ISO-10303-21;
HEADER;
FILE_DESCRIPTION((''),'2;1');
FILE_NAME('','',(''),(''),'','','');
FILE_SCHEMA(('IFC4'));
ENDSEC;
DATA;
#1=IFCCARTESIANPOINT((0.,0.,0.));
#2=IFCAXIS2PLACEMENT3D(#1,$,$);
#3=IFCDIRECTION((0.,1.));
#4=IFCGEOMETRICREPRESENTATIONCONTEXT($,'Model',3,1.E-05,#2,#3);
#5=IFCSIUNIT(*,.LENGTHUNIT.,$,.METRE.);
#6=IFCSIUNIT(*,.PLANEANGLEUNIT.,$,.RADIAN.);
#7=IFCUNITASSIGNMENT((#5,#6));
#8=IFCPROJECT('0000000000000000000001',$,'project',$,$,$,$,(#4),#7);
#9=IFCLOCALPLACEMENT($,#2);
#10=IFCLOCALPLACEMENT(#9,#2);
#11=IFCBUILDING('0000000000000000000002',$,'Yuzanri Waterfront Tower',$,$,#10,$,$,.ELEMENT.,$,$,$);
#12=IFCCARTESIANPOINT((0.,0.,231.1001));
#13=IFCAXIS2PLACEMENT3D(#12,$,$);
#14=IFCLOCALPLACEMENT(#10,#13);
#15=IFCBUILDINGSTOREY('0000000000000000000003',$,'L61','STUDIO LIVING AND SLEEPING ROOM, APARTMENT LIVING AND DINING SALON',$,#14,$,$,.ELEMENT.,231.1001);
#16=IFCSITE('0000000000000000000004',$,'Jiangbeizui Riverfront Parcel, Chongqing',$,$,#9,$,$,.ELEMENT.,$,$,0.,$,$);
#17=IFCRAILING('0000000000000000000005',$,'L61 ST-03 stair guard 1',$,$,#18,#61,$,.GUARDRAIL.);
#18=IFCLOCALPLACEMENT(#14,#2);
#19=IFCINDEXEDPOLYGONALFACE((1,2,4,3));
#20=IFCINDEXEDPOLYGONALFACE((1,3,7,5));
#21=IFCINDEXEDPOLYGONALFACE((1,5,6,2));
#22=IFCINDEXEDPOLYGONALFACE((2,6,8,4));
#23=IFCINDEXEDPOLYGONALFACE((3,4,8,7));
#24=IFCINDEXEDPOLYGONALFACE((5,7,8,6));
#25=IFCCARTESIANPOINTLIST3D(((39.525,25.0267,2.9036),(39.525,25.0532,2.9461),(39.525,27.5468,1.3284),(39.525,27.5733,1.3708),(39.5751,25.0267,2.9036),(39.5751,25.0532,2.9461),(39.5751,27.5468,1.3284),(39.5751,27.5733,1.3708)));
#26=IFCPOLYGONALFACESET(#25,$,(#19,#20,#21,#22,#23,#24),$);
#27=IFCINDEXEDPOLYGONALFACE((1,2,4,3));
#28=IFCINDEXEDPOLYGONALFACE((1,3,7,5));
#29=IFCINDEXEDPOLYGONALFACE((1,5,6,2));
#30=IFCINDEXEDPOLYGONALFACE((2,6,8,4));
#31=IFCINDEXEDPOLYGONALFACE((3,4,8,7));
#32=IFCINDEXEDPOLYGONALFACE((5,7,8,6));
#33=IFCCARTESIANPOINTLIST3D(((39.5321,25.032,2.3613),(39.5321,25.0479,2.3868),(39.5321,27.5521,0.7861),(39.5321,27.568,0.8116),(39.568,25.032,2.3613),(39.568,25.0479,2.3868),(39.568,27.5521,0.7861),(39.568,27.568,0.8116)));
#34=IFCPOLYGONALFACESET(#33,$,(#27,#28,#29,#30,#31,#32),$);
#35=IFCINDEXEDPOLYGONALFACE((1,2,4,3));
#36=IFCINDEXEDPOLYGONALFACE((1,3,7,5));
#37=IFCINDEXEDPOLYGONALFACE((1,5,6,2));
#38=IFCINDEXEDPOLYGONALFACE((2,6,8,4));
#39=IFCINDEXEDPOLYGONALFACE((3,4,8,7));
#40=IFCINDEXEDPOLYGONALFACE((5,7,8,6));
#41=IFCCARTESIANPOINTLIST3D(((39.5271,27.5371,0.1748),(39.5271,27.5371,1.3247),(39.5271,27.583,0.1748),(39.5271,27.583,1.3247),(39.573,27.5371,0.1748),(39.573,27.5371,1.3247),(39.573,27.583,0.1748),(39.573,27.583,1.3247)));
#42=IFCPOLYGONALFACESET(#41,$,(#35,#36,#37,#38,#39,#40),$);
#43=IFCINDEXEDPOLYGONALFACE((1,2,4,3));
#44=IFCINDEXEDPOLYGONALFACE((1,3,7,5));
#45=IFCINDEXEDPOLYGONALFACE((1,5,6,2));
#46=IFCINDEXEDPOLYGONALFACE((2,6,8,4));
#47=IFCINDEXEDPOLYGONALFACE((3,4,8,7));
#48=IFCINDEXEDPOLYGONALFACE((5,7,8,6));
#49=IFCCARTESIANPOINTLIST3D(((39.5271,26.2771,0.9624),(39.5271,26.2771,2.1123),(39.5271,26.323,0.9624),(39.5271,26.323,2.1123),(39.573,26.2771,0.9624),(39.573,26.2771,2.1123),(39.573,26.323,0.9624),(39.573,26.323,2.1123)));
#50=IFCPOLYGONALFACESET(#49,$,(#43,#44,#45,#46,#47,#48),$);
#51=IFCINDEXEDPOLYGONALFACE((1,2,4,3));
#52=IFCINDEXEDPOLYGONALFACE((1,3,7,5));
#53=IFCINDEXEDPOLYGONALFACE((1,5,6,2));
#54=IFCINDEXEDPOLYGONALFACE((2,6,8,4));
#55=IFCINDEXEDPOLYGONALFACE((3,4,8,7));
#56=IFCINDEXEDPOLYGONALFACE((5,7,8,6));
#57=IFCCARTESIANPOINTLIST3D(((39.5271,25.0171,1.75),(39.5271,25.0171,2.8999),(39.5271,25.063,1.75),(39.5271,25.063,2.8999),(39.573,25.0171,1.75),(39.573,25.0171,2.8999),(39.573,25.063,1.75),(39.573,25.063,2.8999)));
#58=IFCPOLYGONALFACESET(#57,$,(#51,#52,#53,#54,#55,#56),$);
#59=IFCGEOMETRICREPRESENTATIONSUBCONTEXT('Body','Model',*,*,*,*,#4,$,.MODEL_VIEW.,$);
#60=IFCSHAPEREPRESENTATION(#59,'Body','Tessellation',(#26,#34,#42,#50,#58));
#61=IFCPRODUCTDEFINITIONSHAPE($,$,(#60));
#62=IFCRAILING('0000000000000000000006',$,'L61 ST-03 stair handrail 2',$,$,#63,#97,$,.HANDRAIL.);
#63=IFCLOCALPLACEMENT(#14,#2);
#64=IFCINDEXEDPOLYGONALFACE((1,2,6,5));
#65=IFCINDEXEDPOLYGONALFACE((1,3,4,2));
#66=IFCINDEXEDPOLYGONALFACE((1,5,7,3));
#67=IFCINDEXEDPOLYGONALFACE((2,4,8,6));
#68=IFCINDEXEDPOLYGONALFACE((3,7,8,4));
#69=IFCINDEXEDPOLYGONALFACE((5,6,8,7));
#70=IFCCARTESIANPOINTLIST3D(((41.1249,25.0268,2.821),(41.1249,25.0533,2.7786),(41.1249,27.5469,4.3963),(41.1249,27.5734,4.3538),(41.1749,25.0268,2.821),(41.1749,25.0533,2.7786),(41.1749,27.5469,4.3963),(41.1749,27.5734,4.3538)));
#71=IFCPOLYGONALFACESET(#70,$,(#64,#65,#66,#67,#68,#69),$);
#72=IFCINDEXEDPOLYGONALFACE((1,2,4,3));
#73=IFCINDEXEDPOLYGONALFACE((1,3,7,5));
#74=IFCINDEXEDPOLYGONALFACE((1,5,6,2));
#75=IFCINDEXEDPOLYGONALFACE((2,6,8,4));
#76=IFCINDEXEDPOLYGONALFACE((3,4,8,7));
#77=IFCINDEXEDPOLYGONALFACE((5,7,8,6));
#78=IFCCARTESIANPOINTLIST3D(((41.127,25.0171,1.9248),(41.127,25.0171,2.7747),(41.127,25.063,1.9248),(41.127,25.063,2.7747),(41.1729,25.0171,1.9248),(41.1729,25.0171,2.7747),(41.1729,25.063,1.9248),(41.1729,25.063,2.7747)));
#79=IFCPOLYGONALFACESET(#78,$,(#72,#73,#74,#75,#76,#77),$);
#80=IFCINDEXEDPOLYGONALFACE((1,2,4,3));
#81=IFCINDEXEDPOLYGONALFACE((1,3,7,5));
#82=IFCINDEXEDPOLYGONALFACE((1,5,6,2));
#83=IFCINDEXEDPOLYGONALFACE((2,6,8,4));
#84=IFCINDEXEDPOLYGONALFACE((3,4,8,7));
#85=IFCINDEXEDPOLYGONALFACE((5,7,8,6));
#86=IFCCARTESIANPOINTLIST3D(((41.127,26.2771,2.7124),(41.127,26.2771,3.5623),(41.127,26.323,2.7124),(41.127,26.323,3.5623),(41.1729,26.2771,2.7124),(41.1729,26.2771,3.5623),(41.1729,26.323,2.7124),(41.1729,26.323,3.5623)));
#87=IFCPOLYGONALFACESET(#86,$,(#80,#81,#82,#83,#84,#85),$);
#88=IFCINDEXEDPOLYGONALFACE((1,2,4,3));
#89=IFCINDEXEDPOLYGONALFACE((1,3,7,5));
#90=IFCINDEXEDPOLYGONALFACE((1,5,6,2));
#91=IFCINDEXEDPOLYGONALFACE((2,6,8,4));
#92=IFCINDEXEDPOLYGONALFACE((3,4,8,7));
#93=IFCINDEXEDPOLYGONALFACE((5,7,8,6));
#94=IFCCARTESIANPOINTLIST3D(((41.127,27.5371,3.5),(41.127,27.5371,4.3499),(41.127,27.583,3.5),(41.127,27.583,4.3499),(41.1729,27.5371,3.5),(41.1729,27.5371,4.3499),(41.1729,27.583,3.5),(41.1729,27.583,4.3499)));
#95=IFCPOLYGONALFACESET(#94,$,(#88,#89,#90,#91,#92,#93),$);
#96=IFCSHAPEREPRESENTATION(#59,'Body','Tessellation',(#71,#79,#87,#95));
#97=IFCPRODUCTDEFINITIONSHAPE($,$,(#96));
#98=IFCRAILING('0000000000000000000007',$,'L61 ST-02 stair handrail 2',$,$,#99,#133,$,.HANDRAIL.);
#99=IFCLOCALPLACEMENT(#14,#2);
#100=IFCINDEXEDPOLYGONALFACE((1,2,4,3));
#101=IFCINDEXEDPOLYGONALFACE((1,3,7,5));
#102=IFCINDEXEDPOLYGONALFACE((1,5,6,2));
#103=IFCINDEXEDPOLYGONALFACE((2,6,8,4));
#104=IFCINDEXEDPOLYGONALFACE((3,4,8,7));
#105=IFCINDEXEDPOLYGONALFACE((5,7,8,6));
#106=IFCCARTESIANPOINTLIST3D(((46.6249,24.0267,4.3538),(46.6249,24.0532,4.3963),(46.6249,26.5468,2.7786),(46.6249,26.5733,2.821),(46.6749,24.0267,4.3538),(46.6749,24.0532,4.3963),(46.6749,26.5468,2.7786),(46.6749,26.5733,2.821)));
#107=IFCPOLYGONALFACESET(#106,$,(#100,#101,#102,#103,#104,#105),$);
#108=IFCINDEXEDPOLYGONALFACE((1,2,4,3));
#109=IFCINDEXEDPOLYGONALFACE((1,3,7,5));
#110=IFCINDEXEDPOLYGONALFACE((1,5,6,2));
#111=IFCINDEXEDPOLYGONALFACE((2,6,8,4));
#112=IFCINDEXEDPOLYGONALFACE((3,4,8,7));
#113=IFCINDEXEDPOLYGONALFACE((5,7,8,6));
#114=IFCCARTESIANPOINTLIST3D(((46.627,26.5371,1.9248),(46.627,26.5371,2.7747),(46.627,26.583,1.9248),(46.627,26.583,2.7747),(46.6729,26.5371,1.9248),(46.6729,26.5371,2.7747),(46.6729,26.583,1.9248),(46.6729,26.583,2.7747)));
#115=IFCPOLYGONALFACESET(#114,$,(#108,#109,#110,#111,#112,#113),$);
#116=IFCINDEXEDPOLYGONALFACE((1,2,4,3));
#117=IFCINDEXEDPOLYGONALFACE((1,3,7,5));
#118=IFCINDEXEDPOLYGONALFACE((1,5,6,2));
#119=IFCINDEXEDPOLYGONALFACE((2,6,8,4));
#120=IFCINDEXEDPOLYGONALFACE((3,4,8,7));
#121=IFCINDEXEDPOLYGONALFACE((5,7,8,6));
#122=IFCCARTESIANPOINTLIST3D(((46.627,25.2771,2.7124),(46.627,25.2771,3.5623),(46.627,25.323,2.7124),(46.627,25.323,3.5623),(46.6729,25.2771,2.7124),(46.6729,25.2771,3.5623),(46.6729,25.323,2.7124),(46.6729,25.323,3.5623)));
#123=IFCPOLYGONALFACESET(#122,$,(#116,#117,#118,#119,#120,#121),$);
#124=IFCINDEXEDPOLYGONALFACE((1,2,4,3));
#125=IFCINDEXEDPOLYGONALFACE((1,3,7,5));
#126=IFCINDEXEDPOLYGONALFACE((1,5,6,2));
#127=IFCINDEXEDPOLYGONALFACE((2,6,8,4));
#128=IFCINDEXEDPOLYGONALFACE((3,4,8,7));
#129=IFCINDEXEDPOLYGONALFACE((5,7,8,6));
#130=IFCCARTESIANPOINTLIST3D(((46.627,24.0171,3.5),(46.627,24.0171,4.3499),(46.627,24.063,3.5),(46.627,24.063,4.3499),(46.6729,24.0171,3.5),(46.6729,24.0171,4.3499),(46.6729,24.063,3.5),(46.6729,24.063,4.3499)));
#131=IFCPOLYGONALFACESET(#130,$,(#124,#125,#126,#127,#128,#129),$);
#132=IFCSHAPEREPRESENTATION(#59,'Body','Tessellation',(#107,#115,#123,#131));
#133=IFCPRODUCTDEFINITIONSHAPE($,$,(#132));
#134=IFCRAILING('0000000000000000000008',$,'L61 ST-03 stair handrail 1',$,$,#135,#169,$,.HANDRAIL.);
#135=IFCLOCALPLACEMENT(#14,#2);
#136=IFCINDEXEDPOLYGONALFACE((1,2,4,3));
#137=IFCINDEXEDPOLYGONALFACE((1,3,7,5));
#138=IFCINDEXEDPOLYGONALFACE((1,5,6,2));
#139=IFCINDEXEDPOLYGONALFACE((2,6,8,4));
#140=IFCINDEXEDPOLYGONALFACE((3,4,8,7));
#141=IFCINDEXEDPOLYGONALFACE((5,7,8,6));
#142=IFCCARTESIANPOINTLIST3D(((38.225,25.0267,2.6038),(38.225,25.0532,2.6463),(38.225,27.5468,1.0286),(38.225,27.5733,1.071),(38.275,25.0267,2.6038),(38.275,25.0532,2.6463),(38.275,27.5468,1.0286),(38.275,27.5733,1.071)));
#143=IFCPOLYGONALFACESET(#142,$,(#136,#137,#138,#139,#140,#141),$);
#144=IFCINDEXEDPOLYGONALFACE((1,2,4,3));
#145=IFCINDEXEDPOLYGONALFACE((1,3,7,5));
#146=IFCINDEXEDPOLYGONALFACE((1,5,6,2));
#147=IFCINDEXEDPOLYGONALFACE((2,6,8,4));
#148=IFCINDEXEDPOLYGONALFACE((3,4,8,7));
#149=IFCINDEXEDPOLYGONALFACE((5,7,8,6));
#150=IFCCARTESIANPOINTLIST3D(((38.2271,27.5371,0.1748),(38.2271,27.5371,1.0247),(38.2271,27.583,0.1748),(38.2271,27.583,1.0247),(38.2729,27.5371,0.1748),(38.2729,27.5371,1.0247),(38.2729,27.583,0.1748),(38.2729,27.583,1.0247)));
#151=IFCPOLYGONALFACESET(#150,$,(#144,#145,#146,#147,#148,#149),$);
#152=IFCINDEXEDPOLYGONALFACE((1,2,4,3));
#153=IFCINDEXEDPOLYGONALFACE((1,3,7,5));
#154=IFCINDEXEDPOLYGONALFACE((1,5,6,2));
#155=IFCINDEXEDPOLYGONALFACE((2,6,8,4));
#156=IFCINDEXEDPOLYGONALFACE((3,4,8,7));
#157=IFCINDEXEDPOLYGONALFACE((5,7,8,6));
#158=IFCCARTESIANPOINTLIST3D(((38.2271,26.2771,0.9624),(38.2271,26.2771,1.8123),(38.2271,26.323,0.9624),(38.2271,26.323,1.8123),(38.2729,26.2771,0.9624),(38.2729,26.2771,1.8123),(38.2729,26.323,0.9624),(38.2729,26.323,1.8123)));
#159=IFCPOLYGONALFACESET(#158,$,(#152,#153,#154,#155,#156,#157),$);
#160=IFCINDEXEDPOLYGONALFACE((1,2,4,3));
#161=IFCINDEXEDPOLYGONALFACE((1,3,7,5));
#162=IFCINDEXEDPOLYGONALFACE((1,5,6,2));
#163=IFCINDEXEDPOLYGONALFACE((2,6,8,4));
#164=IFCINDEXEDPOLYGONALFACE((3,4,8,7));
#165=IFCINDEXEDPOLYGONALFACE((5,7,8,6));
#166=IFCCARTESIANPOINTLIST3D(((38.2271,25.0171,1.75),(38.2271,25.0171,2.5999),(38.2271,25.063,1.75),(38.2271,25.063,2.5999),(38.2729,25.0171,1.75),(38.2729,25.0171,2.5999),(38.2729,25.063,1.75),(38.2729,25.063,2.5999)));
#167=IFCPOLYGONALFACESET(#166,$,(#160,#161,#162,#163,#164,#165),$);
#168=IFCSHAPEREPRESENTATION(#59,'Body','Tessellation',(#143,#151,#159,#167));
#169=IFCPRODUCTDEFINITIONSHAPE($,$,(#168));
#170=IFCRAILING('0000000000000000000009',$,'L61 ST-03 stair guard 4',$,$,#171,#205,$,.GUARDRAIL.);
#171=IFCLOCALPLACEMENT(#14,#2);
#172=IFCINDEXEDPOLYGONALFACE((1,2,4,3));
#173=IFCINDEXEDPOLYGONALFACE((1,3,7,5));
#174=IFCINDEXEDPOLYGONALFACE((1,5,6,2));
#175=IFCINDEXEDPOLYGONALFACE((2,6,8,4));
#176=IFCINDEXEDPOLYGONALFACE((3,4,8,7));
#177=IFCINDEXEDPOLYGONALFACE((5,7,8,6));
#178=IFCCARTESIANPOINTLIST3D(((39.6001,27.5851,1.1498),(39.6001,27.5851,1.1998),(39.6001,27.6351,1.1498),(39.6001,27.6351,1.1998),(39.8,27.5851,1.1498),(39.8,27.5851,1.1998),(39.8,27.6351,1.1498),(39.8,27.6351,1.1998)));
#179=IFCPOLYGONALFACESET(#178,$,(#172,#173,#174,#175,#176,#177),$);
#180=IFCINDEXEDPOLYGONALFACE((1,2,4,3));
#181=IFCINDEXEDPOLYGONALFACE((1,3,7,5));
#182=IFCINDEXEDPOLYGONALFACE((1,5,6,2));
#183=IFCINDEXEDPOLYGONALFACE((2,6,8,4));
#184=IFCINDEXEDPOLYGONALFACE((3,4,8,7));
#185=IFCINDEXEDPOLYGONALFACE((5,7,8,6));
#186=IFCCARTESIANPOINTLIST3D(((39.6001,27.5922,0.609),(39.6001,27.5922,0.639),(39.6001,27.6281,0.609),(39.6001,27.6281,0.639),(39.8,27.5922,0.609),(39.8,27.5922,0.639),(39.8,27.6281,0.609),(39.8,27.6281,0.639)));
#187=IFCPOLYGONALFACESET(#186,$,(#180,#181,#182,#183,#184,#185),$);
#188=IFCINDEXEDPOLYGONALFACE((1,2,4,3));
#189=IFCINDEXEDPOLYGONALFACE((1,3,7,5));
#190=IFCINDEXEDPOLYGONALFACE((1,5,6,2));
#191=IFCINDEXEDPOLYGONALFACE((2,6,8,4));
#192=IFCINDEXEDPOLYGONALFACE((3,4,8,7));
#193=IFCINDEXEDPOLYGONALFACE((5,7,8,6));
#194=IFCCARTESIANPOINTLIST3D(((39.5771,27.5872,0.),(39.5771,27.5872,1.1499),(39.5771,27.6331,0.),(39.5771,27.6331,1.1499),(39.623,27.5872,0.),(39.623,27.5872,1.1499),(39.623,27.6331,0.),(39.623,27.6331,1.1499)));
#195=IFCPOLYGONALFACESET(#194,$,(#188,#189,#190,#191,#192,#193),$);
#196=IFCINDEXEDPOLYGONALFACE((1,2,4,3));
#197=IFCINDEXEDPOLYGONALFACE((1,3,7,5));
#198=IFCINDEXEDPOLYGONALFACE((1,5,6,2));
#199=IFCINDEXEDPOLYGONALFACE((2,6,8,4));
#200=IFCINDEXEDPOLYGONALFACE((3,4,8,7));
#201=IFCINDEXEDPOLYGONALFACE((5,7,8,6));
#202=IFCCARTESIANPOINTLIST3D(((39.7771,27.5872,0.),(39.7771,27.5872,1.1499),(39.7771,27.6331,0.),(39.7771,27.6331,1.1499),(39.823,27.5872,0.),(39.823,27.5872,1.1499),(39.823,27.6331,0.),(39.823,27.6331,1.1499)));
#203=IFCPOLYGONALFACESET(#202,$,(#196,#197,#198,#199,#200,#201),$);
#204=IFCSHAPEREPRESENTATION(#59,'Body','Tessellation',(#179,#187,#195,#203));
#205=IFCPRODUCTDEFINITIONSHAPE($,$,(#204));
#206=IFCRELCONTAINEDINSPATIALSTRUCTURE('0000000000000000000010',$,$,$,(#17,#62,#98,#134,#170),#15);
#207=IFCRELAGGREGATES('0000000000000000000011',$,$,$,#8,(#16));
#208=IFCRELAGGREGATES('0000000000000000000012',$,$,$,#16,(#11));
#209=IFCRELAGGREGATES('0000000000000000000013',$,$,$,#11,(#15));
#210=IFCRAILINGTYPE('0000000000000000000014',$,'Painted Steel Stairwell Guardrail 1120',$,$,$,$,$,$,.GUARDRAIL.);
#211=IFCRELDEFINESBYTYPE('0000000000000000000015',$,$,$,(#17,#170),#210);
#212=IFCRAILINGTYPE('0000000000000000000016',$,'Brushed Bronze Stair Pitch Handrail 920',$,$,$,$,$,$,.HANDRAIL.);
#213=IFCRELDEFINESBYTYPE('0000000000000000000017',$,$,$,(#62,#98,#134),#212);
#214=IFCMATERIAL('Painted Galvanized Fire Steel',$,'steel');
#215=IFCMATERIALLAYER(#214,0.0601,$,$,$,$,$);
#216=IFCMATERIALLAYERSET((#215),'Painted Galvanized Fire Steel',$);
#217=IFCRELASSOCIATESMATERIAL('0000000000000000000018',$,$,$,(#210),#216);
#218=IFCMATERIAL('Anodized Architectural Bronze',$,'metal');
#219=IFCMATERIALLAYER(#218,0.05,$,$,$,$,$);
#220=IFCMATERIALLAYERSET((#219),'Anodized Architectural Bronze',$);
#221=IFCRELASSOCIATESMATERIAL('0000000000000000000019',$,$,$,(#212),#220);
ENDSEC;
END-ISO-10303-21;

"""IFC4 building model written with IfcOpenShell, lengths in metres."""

from ifc_helpers import new_model, si_unit, direction, frame, origin, origin_2d, place, context, subcontext, project, spatial, rectangle, extrude, source, transform, mapped, material, layer, layer_set, type_object, element, save


model = new_model("IFC4")

# Units and contexts
model_context = context("Model", 3, precision=1e-05, world=origin(), true_north=direction((0.0, 1.0)))
body_context = subcontext(model_context, "Body", "Model", "MODEL_VIEW")
ifc_project = project(units=[si_unit("LENGTHUNIT", "METRE"), si_unit("PLANEANGLEUNIT", "RADIAN")], contexts=[model_context])

# Site, building, storey
site_placement = place(None, origin())
site = spatial("IfcSite", under=ifc_project, at=site_placement, Name="Jiangbeizui Riverfront Parcel, Chongqing", CompositionType="ELEMENT", RefElevation=0.0)
building_placement = place(site_placement, origin())
building = spatial("IfcBuilding", under=site, at=building_placement, Name="Yuzanri Waterfront Tower", CompositionType="ELEMENT")
storey_placement = place(building_placement, frame((0.0, 0.0, 231.1001)))
storey = spatial("IfcBuildingStorey", under=building, at=storey_placement, Name="L61", Description="STUDIO LIVING AND SLEEPING ROOM, APARTMENT LIVING AND DINING SALON", CompositionType="ELEMENT", Elevation=231.1001)

# Railings
ifc_material_1 = material(Name="Painted Galvanized Fire Steel", Category="steel")
ifc_layer_1 = layer(ifc_material_1, 0.0601)
ifc_layer_set_1 = layer_set([ifc_layer_1], Name="Painted Galvanized Fire Steel")
railing_type_1 = type_object("IfcRailingType", Name="Painted Steel Stairwell Guardrail 1120", PredefinedType="GUARDRAIL", material=ifc_layer_set_1)
shared_shape_1 = source(origin(), body_context, "Body", "SweptSolid", [
    extrude(rectangle(XDim=0.05, YDim=0.05, at=origin_2d()), frame((0.0, 0.0, 1.1748), z_axis=(0.0, -0.847971, 0.530043), x_axis=(1.0, 0.0, 0.0)), (0.0, 0.0, 1.0), 2.9719),
    extrude(rectangle(XDim=0.0359, YDim=0.03, at=origin_2d()), frame((0.0, 0.0, 0.624), z_axis=(0.0, -0.847971, 0.530043), x_axis=(1.0, 0.0, 0.0)), (0.0, 0.0, 1.0), 2.9719),
    extrude(rectangle(XDim=0.0459, YDim=0.0459, at=origin_2d()), origin(), (0.0, 0.0, 1.0), 1.1499),
    extrude(rectangle(XDim=0.0459, YDim=0.0459, at=origin_2d()), frame((0.0, -1.26, 0.7876)), (0.0, 0.0, 1.0), 1.1499),
    extrude(rectangle(XDim=0.0459, YDim=0.0459, at=origin_2d()), frame((0.0, -2.52, 1.5752)), (0.0, 0.0, 1.0), 1.1499),
])
for number, where, name in (
    (1, (39.55, 27.5601, 0.1748), "L61 ST-03 stair guard 1"),
):
    element("IfcRailing", number, at=place(storey_placement, frame(where)), inside=storey, type_object=railing_type_1, Name=name, PredefinedType="GUARDRAIL", context=body_context, shape_type="MappedRepresentation", body=[
        mapped(shared_shape_1, transform((0.0, 0.0, 0.0), scale=1.0)),
    ])
ifc_material_2 = material(Name="Anodized Architectural Bronze", Category="metal")
ifc_layer_2 = layer(ifc_material_2, 0.05)
ifc_layer_set_2 = layer_set([ifc_layer_2], Name="Anodized Architectural Bronze")
railing_type_2 = type_object("IfcRailingType", Name="Brushed Bronze Stair Pitch Handrail 920", PredefinedType="HANDRAIL", material=ifc_layer_set_2)
shared_shape_2 = source(origin(), body_context, "Body", "SweptSolid", [
    extrude(rectangle(XDim=0.05, YDim=0.05, at=origin_2d()), frame((0.0, 0.0, 0.875), z_axis=(0.0, 0.847971, 0.530043), x_axis=(-1.0, 0.0, 0.0)), (0.0, 0.0, 1.0), 2.9719),
    extrude(rectangle(XDim=0.0459, YDim=0.0459, at=origin_2d()), origin(), (0.0, 0.0, 1.0), 0.8499),
    extrude(rectangle(XDim=0.0459, YDim=0.0459, at=origin_2d()), frame((0.0, 1.26, 0.7876)), (0.0, 0.0, 1.0), 0.8499),
    extrude(rectangle(XDim=0.0459, YDim=0.0459, at=origin_2d()), frame((0.0, 2.52, 1.5752)), (0.0, 0.0, 1.0), 0.8499),
])
railing_1_placement = place(storey_placement, frame((41.1499, 25.04, 1.9248)))
element("IfcRailing", 2, at=railing_1_placement, inside=storey, type_object=railing_type_2, Name="L61 ST-03 stair handrail 2", PredefinedType="HANDRAIL", context=body_context, shape_type="MappedRepresentation", body=[
    mapped(shared_shape_2, transform((0.0, 0.0, 0.0), scale=1.0)),
])
shared_shape_3 = source(origin(), body_context, "Body", "SweptSolid", [
    extrude(rectangle(XDim=0.05, YDim=0.05, at=origin_2d()), frame((0.0, 0.0, 0.875), z_axis=(0.0, -0.847971, 0.530043), x_axis=(1.0, 0.0, 0.0)), (0.0, 0.0, 1.0), 2.9719),
    extrude(rectangle(XDim=0.0459, YDim=0.0459, at=origin_2d()), origin(), (0.0, 0.0, 1.0), 0.8499),
    extrude(rectangle(XDim=0.0459, YDim=0.0459, at=origin_2d()), frame((0.0, -1.26, 0.7876)), (0.0, 0.0, 1.0), 0.8499),
    extrude(rectangle(XDim=0.0459, YDim=0.0459, at=origin_2d()), frame((0.0, -2.52, 1.5752)), (0.0, 0.0, 1.0), 0.8499),
])
for number, where, name in (
    (3, (46.6499, 26.5601, 1.9248), "L61 ST-02 stair handrail 2"),
    (4, (38.25, 27.5601, 0.1748), "L61 ST-03 stair handrail 1"),
):
    element("IfcRailing", number, at=place(storey_placement, frame(where)), inside=storey, type_object=railing_type_2, Name=name, PredefinedType="HANDRAIL", context=body_context, shape_type="MappedRepresentation", body=[
        mapped(shared_shape_3, transform((0.0, 0.0, 0.0), scale=1.0)),
    ])
shared_shape_4 = source(origin(), body_context, "Body", "SweptSolid", [
    extrude(rectangle(XDim=0.05, YDim=0.05, at=origin_2d()), frame((0.0, 0.0, 1.1748), z_axis=(1.0, 0.0, 0.0), x_axis=(0.0, 1.0, 0.0)), (0.0, 0.0, 1.0), 0.2),
    extrude(rectangle(XDim=0.0359, YDim=0.03, at=origin_2d()), frame((0.0, 0.0, 0.624), z_axis=(1.0, 0.0, 0.0), x_axis=(0.0, 1.0, 0.0)), (0.0, 0.0, 1.0), 0.2),
    extrude(rectangle(XDim=0.0459, YDim=0.0459, at=origin_2d()), origin(), (0.0, 0.0, 1.0), 1.1499),
    extrude(rectangle(XDim=0.0459, YDim=0.0459, at=origin_2d()), frame((0.2, 0.0, 0.0)), (0.0, 0.0, 1.0), 1.1499),
])
railing_2_placement = place(storey_placement, frame((39.6001, 27.6101, 0.0)))
element("IfcRailing", 5, at=railing_2_placement, inside=storey, type_object=railing_type_1, Name="L61 ST-03 stair guard 4", PredefinedType="GUARDRAIL", context=body_context, shape_type="MappedRepresentation", body=[
    mapped(shared_shape_4, transform((0.0, 0.0, 0.0), scale=1.0)),
])

save(model, "model.ifc")
